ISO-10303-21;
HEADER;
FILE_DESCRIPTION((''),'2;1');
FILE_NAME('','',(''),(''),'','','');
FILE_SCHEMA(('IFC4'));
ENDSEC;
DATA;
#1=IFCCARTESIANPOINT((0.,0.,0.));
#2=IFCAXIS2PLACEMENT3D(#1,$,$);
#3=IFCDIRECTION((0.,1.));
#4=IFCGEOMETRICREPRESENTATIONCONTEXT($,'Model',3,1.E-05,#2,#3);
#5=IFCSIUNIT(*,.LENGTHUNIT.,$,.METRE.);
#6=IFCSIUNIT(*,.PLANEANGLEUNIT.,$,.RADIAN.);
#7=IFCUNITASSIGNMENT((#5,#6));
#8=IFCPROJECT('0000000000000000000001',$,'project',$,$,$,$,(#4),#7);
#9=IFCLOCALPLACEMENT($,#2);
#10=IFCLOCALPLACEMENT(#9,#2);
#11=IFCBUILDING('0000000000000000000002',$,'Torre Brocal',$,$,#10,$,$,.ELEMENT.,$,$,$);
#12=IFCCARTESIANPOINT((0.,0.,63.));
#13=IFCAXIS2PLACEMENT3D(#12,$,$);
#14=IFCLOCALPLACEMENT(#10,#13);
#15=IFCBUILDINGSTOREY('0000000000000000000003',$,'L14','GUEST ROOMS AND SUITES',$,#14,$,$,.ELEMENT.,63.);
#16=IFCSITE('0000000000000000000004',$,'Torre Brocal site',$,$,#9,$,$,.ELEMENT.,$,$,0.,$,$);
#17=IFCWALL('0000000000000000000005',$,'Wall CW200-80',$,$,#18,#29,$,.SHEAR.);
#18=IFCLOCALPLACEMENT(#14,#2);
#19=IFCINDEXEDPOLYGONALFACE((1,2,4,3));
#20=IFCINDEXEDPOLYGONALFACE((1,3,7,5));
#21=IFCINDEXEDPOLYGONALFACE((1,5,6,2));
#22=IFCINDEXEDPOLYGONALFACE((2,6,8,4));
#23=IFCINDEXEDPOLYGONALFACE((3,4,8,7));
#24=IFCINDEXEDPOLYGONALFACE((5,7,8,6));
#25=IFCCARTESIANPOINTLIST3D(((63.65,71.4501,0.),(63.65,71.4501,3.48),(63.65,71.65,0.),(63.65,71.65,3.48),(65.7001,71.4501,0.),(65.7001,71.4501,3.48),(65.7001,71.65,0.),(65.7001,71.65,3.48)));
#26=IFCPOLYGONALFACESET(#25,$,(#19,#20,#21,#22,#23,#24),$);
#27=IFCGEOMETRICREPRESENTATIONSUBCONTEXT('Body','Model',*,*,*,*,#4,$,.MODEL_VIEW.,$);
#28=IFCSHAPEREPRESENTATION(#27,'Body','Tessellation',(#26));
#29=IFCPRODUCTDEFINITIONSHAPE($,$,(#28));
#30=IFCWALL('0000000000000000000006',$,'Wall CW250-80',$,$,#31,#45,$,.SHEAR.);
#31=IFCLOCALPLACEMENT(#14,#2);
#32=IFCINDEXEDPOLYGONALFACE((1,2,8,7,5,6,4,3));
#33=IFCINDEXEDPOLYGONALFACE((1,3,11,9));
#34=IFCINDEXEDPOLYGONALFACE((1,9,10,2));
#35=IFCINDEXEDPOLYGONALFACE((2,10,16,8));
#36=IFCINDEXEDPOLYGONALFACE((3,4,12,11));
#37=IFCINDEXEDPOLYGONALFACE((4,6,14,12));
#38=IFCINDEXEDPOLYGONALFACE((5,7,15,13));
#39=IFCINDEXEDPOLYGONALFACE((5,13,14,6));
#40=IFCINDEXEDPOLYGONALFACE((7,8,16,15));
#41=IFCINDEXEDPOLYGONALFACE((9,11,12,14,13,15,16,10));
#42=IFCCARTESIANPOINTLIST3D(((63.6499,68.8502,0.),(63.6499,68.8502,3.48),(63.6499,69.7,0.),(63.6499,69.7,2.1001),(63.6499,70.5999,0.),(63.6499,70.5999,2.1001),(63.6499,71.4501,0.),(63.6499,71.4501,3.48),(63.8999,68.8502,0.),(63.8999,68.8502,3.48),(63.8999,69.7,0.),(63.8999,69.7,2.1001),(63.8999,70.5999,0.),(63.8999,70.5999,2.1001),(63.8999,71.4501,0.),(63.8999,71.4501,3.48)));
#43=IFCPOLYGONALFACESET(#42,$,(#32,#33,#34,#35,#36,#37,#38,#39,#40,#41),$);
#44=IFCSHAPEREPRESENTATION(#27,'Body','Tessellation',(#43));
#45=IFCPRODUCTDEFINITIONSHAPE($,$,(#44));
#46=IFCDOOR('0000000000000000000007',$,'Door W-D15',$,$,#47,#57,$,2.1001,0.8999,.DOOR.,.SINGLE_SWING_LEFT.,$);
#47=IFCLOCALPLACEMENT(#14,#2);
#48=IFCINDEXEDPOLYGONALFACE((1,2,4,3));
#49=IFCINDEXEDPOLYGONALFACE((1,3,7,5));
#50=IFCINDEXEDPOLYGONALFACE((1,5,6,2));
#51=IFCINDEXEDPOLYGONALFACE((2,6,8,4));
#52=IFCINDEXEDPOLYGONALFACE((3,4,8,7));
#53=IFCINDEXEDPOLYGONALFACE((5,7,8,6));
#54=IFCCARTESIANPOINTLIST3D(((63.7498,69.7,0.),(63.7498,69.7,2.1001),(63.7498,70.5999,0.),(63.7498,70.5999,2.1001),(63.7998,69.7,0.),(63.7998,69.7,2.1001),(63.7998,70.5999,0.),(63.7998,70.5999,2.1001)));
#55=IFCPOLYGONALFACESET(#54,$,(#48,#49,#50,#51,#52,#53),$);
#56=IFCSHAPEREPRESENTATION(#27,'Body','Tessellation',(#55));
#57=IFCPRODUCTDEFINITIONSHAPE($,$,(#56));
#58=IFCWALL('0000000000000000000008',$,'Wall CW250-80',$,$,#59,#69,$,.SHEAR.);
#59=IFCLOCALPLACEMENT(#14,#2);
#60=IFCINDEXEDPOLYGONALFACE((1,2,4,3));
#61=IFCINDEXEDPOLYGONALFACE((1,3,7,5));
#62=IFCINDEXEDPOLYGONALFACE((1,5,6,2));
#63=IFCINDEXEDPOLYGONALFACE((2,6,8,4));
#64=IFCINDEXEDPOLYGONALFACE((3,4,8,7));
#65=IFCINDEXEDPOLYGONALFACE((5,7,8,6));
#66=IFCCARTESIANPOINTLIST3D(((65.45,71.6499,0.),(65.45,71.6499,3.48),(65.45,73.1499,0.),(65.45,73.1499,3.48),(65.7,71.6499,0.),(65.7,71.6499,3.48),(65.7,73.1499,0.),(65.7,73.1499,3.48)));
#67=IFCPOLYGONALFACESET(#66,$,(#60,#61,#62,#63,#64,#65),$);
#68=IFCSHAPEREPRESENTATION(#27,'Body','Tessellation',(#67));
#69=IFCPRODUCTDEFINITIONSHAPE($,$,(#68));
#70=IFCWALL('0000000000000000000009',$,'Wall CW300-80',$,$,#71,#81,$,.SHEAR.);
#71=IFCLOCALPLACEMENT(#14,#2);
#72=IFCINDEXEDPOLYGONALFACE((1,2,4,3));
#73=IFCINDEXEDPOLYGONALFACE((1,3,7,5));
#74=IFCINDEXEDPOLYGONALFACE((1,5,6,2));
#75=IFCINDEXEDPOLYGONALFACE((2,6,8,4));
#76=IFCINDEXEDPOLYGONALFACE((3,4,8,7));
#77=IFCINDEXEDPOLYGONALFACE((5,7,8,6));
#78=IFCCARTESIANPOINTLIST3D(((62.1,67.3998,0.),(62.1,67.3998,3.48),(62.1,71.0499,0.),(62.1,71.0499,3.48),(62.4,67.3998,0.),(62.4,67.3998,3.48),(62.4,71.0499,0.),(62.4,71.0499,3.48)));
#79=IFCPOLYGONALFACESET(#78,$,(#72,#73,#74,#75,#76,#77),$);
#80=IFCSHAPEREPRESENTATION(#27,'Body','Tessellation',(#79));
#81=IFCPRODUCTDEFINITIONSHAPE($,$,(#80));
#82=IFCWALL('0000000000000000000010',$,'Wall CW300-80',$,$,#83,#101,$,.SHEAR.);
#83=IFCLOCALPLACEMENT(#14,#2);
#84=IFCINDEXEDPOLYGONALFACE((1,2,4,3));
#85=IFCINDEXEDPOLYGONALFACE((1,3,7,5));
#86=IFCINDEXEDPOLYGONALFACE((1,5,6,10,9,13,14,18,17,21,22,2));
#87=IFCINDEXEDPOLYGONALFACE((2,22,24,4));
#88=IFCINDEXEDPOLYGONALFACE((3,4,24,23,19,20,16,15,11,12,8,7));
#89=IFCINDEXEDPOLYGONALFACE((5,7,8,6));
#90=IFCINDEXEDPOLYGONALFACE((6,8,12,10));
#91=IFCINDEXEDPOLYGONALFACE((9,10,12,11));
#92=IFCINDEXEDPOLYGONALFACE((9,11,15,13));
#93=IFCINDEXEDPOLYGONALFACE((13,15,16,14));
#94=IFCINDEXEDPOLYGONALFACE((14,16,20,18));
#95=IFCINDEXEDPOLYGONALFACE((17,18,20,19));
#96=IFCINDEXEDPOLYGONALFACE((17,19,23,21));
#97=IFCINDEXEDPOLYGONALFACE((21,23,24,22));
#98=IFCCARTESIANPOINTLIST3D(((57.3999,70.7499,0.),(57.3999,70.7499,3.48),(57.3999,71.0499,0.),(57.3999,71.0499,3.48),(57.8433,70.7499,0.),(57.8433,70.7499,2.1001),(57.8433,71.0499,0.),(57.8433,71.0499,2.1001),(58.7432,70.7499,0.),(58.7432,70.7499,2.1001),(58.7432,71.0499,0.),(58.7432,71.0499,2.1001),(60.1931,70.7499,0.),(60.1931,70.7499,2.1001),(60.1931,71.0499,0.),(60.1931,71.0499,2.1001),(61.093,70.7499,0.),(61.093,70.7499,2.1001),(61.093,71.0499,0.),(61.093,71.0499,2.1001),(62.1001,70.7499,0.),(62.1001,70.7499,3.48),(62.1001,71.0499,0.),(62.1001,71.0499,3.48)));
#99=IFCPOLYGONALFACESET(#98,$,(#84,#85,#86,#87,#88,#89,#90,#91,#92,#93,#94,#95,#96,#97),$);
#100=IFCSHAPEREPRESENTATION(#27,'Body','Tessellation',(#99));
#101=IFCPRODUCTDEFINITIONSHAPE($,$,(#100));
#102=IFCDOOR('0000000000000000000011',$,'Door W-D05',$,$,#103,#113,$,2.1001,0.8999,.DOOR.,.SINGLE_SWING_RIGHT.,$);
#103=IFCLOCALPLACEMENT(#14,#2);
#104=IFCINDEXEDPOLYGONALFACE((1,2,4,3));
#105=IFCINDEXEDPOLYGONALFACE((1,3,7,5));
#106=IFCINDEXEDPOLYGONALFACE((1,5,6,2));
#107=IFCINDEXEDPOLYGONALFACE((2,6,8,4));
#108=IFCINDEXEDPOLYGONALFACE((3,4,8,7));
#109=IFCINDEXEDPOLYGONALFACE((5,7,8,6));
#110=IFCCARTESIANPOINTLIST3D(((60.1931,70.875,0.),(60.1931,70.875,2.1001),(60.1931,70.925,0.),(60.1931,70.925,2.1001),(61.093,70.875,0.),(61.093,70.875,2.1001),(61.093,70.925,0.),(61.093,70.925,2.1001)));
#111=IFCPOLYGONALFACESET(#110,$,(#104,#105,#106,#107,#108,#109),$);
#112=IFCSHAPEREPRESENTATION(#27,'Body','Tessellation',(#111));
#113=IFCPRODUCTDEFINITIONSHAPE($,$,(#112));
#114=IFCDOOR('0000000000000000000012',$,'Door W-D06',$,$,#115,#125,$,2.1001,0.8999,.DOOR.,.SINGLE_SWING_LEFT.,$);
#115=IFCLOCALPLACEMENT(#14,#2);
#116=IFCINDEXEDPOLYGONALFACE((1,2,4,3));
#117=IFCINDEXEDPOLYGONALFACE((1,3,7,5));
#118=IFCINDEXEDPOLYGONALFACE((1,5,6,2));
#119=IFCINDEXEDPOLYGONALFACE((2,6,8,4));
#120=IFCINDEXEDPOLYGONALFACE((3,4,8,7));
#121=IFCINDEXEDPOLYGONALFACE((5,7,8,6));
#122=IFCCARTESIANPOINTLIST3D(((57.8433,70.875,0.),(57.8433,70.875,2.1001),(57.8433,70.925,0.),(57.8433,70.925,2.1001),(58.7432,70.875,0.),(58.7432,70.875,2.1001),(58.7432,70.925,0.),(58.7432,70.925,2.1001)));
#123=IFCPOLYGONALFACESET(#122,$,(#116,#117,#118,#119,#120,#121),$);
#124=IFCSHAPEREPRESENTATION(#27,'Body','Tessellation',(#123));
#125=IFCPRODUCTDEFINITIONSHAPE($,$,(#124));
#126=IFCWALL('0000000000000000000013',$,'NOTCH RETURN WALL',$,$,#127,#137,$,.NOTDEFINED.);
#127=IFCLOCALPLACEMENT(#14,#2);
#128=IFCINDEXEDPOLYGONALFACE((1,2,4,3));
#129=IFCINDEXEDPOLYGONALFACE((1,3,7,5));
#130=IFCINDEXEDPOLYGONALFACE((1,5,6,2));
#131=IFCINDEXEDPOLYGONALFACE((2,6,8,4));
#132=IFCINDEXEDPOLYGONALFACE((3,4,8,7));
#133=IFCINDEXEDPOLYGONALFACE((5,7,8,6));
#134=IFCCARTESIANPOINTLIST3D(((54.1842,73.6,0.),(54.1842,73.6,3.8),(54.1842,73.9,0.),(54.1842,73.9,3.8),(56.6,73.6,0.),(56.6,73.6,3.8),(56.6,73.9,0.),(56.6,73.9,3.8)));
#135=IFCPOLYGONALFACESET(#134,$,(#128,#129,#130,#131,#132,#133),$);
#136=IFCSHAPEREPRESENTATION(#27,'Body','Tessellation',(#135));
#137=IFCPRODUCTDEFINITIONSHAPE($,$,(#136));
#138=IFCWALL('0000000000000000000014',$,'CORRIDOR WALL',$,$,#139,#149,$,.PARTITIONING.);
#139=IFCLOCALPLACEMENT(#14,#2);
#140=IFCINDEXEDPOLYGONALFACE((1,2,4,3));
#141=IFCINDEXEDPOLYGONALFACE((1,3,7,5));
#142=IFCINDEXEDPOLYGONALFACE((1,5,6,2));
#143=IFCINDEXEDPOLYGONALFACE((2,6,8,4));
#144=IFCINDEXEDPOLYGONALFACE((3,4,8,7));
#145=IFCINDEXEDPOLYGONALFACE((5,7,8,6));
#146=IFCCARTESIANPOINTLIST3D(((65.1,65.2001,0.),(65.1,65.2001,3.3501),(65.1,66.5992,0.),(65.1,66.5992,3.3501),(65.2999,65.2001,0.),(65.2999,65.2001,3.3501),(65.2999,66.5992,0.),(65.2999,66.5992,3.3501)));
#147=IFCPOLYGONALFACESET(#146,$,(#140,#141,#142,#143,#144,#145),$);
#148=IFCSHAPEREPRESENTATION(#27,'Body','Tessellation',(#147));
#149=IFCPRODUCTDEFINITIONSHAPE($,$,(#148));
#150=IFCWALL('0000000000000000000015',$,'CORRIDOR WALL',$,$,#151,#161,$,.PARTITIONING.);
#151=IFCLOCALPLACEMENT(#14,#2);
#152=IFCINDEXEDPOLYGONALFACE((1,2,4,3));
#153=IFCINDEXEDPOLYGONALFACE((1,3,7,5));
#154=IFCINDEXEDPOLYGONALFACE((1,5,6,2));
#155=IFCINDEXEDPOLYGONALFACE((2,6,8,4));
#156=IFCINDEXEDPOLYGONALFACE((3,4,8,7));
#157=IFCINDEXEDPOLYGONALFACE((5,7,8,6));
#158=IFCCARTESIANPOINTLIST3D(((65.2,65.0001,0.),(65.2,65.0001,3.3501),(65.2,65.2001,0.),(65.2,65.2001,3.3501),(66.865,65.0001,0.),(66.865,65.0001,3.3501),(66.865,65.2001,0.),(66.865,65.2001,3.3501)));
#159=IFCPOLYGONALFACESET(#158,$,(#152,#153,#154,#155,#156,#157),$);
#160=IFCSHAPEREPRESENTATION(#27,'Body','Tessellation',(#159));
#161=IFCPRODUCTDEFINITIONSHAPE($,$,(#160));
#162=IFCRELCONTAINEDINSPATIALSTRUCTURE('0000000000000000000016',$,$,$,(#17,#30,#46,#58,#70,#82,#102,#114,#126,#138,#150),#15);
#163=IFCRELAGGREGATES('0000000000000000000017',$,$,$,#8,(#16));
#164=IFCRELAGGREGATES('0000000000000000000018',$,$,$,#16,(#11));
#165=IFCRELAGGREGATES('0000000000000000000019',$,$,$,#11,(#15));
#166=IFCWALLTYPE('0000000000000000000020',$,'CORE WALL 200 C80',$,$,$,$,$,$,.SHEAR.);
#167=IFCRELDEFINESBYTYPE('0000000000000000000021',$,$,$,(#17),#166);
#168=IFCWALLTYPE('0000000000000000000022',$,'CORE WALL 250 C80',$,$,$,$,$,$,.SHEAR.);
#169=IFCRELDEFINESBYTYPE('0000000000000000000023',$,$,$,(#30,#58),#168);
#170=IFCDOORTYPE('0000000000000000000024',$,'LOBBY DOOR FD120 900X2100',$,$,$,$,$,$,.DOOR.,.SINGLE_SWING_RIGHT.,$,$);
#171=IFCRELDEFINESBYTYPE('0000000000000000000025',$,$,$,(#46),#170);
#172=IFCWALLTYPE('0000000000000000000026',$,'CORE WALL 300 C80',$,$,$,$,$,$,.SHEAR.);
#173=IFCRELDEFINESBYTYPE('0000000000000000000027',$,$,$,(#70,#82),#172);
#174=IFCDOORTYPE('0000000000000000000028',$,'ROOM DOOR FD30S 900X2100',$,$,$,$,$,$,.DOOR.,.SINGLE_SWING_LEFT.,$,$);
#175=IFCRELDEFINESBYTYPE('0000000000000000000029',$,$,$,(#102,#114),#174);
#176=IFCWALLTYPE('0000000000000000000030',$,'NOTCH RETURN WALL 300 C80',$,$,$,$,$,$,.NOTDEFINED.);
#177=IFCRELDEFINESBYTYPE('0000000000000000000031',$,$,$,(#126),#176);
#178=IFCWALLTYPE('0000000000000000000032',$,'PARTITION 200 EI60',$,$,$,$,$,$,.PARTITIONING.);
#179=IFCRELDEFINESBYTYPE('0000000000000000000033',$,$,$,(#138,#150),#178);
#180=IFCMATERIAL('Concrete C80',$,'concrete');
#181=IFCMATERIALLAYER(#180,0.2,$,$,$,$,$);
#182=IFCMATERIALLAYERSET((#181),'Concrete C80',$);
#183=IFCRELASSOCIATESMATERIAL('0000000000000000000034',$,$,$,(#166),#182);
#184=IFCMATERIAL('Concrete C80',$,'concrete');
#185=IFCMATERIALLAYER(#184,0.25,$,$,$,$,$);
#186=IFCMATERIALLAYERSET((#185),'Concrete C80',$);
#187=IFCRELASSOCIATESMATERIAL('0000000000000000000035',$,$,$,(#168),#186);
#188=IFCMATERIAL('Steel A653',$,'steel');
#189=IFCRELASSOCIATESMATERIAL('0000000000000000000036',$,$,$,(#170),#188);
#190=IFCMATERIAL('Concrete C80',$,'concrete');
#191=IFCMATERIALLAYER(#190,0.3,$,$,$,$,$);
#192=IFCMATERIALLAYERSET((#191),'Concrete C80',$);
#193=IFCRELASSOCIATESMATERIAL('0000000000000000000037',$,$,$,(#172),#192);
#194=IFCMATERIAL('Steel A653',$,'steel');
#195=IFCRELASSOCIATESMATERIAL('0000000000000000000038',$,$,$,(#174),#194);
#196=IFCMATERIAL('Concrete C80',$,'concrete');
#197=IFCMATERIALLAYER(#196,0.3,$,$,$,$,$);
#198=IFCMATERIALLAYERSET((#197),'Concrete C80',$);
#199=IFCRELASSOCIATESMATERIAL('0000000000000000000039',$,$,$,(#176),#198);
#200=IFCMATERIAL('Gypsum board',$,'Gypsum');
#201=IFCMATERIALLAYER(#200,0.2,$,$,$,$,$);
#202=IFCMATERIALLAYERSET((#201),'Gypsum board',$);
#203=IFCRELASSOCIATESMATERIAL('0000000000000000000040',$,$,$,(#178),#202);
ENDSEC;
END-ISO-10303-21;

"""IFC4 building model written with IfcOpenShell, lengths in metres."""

from ifc_helpers import new_model, si_unit, direction, frame, frame_2d, origin, place, context, subcontext, project, spatial, rectangle, extrude, material, layer, layer_set, type_object, element, fill, save


model = new_model("IFC4")

# Units and contexts
model_context = context("Model", 3, precision=1e-05, world=origin(), true_north=direction((0.0, 1.0)))
body_context = subcontext(model_context, "Body", "Model", "MODEL_VIEW")
ifc_project = project(units=[si_unit("LENGTHUNIT", "METRE"), si_unit("PLANEANGLEUNIT", "RADIAN")], contexts=[model_context])

# Site, building, storey
site_placement = place(None, origin())
site = spatial("IfcSite", under=ifc_project, at=site_placement, Name="Torre Brocal site", CompositionType="ELEMENT", RefElevation=0.0)
building_placement = place(site_placement, origin())
building = spatial("IfcBuilding", under=site, at=building_placement, Name="Torre Brocal", CompositionType="ELEMENT")
storey_placement = place(building_placement, frame((0.0, 0.0, 63.0)))
storey = spatial("IfcBuildingStorey", under=building, at=storey_placement, Name="L14", Description="GUEST ROOMS AND SUITES", CompositionType="ELEMENT", Elevation=63.0)

# Wall
ifc_material_1 = material(Name="Concrete C80", Category="concrete")
ifc_layer_1 = layer(ifc_material_1, 0.2)
ifc_layer_set_1 = layer_set([ifc_layer_1], Name="Concrete C80")
wall_type_1 = type_object("IfcWallType", Name="CORE WALL 200 C80", PredefinedType="SHEAR", material=ifc_layer_set_1)
wall_1_placement = place(storey_placement, frame((65.7, 71.55, 0.0), z_axis=(0.0, 0.0, 1.0), x_axis=(-1.0, 0.0, 0.0)))
element("IfcWall", 1, at=wall_1_placement, inside=storey, type_object=wall_type_1, Name="Wall CW200-80", PredefinedType="SHEAR", context=body_context, shape_type="SweptSolid", body=[
    extrude(rectangle(XDim=2.05, YDim=0.2, at=frame_2d((1.0249, 0.0))), origin(), (0.0, 0.0, 1.0), 3.48),
])

# Wall, opening, door
ifc_material_2 = material(Name="Concrete C80", Category="concrete")
ifc_layer_2 = layer(ifc_material_2, 0.25)
ifc_layer_set_2 = layer_set([ifc_layer_2], Name="Concrete C80")
wall_type_2 = type_object("IfcWallType", Name="CORE WALL 250 C80", PredefinedType="SHEAR", material=ifc_layer_set_2)
wall_2_placement = place(storey_placement, frame((63.7749, 71.45, 0.0), z_axis=(0.0, 0.0, 1.0), x_axis=(0.0, -1.0, 0.0)))
wall_2 = element("IfcWall", 2, at=wall_2_placement, inside=storey, type_object=wall_type_2, Name="Wall CW250-80", PredefinedType="SHEAR", context=body_context, shape_type="SweptSolid", body=[
    extrude(rectangle(XDim=2.5999, YDim=0.25, at=frame_2d((1.2998, 0.0))), origin(), (0.0, 0.0, 1.0), 3.48),
])
opening_1_placement = place(wall_2_placement, frame((0.8501, 0.0, 0.0)))
opening_1 = element("IfcOpeningElement", 3, at=opening_1_placement, cuts=wall_2, PredefinedType="OPENING", context=body_context, shape_type="SweptSolid", body=[
    extrude(rectangle(XDim=0.8999, YDim=2.1001, at=frame_2d((0.45, 1.05))), frame((0.0, 0.135, 0.0), z_axis=(0.0, -1.0, 0.0), x_axis=(1.0, 0.0, 0.0)), (0.0, 0.0, 1.0), 0.27),
])
ifc_material_3 = material(Name="Steel A653", Category="steel")
door_type_1 = type_object("IfcDoorType", Name="LOBBY DOOR FD120 900X2100", OperationType="SINGLE_SWING_RIGHT", PredefinedType="DOOR", material=ifc_material_3)
door_1_placement = place(opening_1_placement, origin())
door_1 = element("IfcDoor", 4, at=door_1_placement, inside=storey, type_object=door_type_1, Name="Door W-D15", OperationType="SINGLE_SWING_LEFT", OverallHeight=2.1001, OverallWidth=0.8999, PredefinedType="DOOR", context=body_context, shape_type="SweptSolid", body=[
    extrude(rectangle(XDim=0.8999, YDim=2.1001, at=frame_2d((0.45, 1.05))), frame((0.0, 0.0249, 0.0), z_axis=(0.0, -1.0, 0.0), x_axis=(1.0, 0.0, 0.0)), (0.0, 0.0, 1.0), 0.05),
])
fill(opening_1, door_1)

# Walls
wall_3_placement = place(storey_placement, frame((65.575, 73.1499, 0.0), z_axis=(0.0, 0.0, 1.0), x_axis=(0.0, -1.0, 0.0)))
element("IfcWall", 5, at=wall_3_placement, inside=storey, type_object=wall_type_2, Name="Wall CW250-80", PredefinedType="SHEAR", context=body_context, shape_type="SweptSolid", body=[
    extrude(rectangle(XDim=1.5, YDim=0.25, at=frame_2d((0.75, 0.0))), origin(), (0.0, 0.0, 1.0), 3.48),
])
ifc_material_4 = material(Name="Concrete C80", Category="concrete")
ifc_layer_3 = layer(ifc_material_4, 0.3)
ifc_layer_set_3 = layer_set([ifc_layer_3], Name="Concrete C80")
wall_type_3 = type_object("IfcWallType", Name="CORE WALL 300 C80", PredefinedType="SHEAR", material=ifc_layer_set_3)
wall_4_placement = place(storey_placement, frame((62.25, 71.05, 0.0), z_axis=(0.0, 0.0, 1.0), x_axis=(0.0, -1.0, 0.0)))
element("IfcWall", 6, at=wall_4_placement, inside=storey, type_object=wall_type_3, Name="Wall CW300-80", PredefinedType="SHEAR", context=body_context, shape_type="SweptSolid", body=[
    extrude(rectangle(XDim=3.6501, YDim=0.3, at=frame_2d((1.8252, 0.0))), origin(), (0.0, 0.0, 1.0), 3.48),
])

# Wall, openings, doors
wall_5_placement = place(storey_placement, frame((62.1001, 70.8999, 0.0), z_axis=(0.0, 0.0, 1.0), x_axis=(-1.0, 0.0, 0.0)))
wall_5 = element("IfcWall", 7, at=wall_5_placement, inside=storey, type_object=wall_type_3, Name="Wall CW300-80", PredefinedType="SHEAR", context=body_context, shape_type="SweptSolid", body=[
    extrude(rectangle(XDim=4.7002, YDim=0.3, at=frame_2d((2.3501, 0.0))), origin(), (0.0, 0.0, 1.0), 3.48),
])
opening_2_placement = place(wall_5_placement, frame((1.0071, 0.0, 0.0)))
opening_2 = element("IfcOpeningElement", 8, at=opening_2_placement, cuts=wall_5, PredefinedType="OPENING", context=body_context, shape_type="SweptSolid", body=[
    extrude(rectangle(XDim=0.8999, YDim=2.1001, at=frame_2d((0.45, 1.05))), frame((0.0, 0.1599, 0.0), z_axis=(0.0, -1.0, 0.0), x_axis=(1.0, 0.0, 0.0)), (0.0, 0.0, 1.0), 0.3201),
])
opening_3_placement = place(wall_5_placement, frame((3.3569, 0.0, 0.0)))
opening_3 = element("IfcOpeningElement", 9, at=opening_3_placement, cuts=wall_5, PredefinedType="OPENING", context=body_context, shape_type="SweptSolid", body=[
    extrude(rectangle(XDim=0.8999, YDim=2.1001, at=frame_2d((0.45, 1.05))), frame((0.0, 0.1599, 0.0), z_axis=(0.0, -1.0, 0.0), x_axis=(1.0, 0.0, 0.0)), (0.0, 0.0, 1.0), 0.3201),
])
ifc_material_5 = material(Name="Steel A653", Category="steel")
door_type_2 = type_object("IfcDoorType", Name="ROOM DOOR FD30S 900X2100", OperationType="SINGLE_SWING_LEFT", PredefinedType="DOOR", material=ifc_material_5)
door_2_placement = place(opening_2_placement, origin())
door_2 = element("IfcDoor", 10, at=door_2_placement, inside=storey, type_object=door_type_2, Name="Door W-D05", OperationType="SINGLE_SWING_RIGHT", OverallHeight=2.1001, OverallWidth=0.8999, PredefinedType="DOOR", context=body_context, shape_type="SweptSolid", body=[
    extrude(rectangle(XDim=0.8999, YDim=2.1001, at=frame_2d((0.45, 1.05))), frame((0.0, 0.0249, 0.0), z_axis=(0.0, -1.0, 0.0), x_axis=(1.0, 0.0, 0.0)), (0.0, 0.0, 1.0), 0.05),
])
fill(opening_2, door_2)
door_3_placement = place(opening_3_placement, origin())
door_3 = element("IfcDoor", 11, at=door_3_placement, inside=storey, type_object=door_type_2, Name="Door W-D06", OperationType="SINGLE_SWING_LEFT", OverallHeight=2.1001, OverallWidth=0.8999, PredefinedType="DOOR", context=body_context, shape_type="SweptSolid", body=[
    extrude(rectangle(XDim=0.8999, YDim=2.1001, at=frame_2d((0.45, 1.05))), frame((0.0, 0.0249, 0.0), z_axis=(0.0, -1.0, 0.0), x_axis=(1.0, 0.0, 0.0)), (0.0, 0.0, 1.0), 0.05),
])
fill(opening_3, door_3)

# Walls
ifc_material_6 = material(Name="Concrete C80", Category="concrete")
ifc_layer_4 = layer(ifc_material_6, 0.3)
ifc_layer_set_4 = layer_set([ifc_layer_4], Name="Concrete C80")
wall_type_4 = type_object("IfcWallType", Name="NOTCH RETURN WALL 300 C80", PredefinedType="NOTDEFINED", material=ifc_layer_set_4)
wall_6_placement = place(storey_placement, frame((56.6001, 73.75, 0.0), z_axis=(0.0, 0.0, 1.0), x_axis=(-1.0, 0.0, 0.0)))
element("IfcWall", 12, at=wall_6_placement, inside=storey, type_object=wall_type_4, Name="NOTCH RETURN WALL", PredefinedType="NOTDEFINED", context=body_context, shape_type="SweptSolid", body=[
    extrude(rectangle(XDim=2.4158, YDim=0.3, at=frame_2d((1.208, 0.0))), origin(), (0.0, 0.0, 1.0), 3.8),
])
ifc_material_7 = material(Name="Gypsum board", Category="Gypsum")
ifc_layer_5 = layer(ifc_material_7, 0.2)
ifc_layer_set_5 = layer_set([ifc_layer_5], Name="Gypsum board")
wall_type_5 = type_object("IfcWallType", Name="PARTITION 200 EI60", PredefinedType="PARTITIONING", material=ifc_layer_set_5)
wall_7_placement = place(storey_placement, frame((65.2, 65.2, 0.0), z_axis=(0.0, 0.0, 1.0), x_axis=(0.0, 1.0, 0.0)))
element("IfcWall", 13, at=wall_7_placement, inside=storey, type_object=wall_type_5, Name="CORRIDOR WALL", PredefinedType="PARTITIONING", context=body_context, shape_type="SweptSolid", body=[
    extrude(rectangle(XDim=1.3992, YDim=0.2, at=frame_2d((0.6997, 0.0))), origin(), (0.0, 0.0, 1.0), 3.3501),
])
wall_8_placement = place(storey_placement, frame((65.2, 65.1001, 0.0), z_axis=(0.0, 0.0, 1.0), x_axis=(1.0, 0.0, 0.0)))
element("IfcWall", 14, at=wall_8_placement, inside=storey, type_object=wall_type_5, Name="CORRIDOR WALL", PredefinedType="PARTITIONING", context=body_context, shape_type="SweptSolid", body=[
    extrude(rectangle(XDim=1.665, YDim=0.2, at=frame_2d((0.8325, 0.0))), origin(), (0.0, 0.0, 1.0), 3.3501),
])

save(model, "model.ifc")
